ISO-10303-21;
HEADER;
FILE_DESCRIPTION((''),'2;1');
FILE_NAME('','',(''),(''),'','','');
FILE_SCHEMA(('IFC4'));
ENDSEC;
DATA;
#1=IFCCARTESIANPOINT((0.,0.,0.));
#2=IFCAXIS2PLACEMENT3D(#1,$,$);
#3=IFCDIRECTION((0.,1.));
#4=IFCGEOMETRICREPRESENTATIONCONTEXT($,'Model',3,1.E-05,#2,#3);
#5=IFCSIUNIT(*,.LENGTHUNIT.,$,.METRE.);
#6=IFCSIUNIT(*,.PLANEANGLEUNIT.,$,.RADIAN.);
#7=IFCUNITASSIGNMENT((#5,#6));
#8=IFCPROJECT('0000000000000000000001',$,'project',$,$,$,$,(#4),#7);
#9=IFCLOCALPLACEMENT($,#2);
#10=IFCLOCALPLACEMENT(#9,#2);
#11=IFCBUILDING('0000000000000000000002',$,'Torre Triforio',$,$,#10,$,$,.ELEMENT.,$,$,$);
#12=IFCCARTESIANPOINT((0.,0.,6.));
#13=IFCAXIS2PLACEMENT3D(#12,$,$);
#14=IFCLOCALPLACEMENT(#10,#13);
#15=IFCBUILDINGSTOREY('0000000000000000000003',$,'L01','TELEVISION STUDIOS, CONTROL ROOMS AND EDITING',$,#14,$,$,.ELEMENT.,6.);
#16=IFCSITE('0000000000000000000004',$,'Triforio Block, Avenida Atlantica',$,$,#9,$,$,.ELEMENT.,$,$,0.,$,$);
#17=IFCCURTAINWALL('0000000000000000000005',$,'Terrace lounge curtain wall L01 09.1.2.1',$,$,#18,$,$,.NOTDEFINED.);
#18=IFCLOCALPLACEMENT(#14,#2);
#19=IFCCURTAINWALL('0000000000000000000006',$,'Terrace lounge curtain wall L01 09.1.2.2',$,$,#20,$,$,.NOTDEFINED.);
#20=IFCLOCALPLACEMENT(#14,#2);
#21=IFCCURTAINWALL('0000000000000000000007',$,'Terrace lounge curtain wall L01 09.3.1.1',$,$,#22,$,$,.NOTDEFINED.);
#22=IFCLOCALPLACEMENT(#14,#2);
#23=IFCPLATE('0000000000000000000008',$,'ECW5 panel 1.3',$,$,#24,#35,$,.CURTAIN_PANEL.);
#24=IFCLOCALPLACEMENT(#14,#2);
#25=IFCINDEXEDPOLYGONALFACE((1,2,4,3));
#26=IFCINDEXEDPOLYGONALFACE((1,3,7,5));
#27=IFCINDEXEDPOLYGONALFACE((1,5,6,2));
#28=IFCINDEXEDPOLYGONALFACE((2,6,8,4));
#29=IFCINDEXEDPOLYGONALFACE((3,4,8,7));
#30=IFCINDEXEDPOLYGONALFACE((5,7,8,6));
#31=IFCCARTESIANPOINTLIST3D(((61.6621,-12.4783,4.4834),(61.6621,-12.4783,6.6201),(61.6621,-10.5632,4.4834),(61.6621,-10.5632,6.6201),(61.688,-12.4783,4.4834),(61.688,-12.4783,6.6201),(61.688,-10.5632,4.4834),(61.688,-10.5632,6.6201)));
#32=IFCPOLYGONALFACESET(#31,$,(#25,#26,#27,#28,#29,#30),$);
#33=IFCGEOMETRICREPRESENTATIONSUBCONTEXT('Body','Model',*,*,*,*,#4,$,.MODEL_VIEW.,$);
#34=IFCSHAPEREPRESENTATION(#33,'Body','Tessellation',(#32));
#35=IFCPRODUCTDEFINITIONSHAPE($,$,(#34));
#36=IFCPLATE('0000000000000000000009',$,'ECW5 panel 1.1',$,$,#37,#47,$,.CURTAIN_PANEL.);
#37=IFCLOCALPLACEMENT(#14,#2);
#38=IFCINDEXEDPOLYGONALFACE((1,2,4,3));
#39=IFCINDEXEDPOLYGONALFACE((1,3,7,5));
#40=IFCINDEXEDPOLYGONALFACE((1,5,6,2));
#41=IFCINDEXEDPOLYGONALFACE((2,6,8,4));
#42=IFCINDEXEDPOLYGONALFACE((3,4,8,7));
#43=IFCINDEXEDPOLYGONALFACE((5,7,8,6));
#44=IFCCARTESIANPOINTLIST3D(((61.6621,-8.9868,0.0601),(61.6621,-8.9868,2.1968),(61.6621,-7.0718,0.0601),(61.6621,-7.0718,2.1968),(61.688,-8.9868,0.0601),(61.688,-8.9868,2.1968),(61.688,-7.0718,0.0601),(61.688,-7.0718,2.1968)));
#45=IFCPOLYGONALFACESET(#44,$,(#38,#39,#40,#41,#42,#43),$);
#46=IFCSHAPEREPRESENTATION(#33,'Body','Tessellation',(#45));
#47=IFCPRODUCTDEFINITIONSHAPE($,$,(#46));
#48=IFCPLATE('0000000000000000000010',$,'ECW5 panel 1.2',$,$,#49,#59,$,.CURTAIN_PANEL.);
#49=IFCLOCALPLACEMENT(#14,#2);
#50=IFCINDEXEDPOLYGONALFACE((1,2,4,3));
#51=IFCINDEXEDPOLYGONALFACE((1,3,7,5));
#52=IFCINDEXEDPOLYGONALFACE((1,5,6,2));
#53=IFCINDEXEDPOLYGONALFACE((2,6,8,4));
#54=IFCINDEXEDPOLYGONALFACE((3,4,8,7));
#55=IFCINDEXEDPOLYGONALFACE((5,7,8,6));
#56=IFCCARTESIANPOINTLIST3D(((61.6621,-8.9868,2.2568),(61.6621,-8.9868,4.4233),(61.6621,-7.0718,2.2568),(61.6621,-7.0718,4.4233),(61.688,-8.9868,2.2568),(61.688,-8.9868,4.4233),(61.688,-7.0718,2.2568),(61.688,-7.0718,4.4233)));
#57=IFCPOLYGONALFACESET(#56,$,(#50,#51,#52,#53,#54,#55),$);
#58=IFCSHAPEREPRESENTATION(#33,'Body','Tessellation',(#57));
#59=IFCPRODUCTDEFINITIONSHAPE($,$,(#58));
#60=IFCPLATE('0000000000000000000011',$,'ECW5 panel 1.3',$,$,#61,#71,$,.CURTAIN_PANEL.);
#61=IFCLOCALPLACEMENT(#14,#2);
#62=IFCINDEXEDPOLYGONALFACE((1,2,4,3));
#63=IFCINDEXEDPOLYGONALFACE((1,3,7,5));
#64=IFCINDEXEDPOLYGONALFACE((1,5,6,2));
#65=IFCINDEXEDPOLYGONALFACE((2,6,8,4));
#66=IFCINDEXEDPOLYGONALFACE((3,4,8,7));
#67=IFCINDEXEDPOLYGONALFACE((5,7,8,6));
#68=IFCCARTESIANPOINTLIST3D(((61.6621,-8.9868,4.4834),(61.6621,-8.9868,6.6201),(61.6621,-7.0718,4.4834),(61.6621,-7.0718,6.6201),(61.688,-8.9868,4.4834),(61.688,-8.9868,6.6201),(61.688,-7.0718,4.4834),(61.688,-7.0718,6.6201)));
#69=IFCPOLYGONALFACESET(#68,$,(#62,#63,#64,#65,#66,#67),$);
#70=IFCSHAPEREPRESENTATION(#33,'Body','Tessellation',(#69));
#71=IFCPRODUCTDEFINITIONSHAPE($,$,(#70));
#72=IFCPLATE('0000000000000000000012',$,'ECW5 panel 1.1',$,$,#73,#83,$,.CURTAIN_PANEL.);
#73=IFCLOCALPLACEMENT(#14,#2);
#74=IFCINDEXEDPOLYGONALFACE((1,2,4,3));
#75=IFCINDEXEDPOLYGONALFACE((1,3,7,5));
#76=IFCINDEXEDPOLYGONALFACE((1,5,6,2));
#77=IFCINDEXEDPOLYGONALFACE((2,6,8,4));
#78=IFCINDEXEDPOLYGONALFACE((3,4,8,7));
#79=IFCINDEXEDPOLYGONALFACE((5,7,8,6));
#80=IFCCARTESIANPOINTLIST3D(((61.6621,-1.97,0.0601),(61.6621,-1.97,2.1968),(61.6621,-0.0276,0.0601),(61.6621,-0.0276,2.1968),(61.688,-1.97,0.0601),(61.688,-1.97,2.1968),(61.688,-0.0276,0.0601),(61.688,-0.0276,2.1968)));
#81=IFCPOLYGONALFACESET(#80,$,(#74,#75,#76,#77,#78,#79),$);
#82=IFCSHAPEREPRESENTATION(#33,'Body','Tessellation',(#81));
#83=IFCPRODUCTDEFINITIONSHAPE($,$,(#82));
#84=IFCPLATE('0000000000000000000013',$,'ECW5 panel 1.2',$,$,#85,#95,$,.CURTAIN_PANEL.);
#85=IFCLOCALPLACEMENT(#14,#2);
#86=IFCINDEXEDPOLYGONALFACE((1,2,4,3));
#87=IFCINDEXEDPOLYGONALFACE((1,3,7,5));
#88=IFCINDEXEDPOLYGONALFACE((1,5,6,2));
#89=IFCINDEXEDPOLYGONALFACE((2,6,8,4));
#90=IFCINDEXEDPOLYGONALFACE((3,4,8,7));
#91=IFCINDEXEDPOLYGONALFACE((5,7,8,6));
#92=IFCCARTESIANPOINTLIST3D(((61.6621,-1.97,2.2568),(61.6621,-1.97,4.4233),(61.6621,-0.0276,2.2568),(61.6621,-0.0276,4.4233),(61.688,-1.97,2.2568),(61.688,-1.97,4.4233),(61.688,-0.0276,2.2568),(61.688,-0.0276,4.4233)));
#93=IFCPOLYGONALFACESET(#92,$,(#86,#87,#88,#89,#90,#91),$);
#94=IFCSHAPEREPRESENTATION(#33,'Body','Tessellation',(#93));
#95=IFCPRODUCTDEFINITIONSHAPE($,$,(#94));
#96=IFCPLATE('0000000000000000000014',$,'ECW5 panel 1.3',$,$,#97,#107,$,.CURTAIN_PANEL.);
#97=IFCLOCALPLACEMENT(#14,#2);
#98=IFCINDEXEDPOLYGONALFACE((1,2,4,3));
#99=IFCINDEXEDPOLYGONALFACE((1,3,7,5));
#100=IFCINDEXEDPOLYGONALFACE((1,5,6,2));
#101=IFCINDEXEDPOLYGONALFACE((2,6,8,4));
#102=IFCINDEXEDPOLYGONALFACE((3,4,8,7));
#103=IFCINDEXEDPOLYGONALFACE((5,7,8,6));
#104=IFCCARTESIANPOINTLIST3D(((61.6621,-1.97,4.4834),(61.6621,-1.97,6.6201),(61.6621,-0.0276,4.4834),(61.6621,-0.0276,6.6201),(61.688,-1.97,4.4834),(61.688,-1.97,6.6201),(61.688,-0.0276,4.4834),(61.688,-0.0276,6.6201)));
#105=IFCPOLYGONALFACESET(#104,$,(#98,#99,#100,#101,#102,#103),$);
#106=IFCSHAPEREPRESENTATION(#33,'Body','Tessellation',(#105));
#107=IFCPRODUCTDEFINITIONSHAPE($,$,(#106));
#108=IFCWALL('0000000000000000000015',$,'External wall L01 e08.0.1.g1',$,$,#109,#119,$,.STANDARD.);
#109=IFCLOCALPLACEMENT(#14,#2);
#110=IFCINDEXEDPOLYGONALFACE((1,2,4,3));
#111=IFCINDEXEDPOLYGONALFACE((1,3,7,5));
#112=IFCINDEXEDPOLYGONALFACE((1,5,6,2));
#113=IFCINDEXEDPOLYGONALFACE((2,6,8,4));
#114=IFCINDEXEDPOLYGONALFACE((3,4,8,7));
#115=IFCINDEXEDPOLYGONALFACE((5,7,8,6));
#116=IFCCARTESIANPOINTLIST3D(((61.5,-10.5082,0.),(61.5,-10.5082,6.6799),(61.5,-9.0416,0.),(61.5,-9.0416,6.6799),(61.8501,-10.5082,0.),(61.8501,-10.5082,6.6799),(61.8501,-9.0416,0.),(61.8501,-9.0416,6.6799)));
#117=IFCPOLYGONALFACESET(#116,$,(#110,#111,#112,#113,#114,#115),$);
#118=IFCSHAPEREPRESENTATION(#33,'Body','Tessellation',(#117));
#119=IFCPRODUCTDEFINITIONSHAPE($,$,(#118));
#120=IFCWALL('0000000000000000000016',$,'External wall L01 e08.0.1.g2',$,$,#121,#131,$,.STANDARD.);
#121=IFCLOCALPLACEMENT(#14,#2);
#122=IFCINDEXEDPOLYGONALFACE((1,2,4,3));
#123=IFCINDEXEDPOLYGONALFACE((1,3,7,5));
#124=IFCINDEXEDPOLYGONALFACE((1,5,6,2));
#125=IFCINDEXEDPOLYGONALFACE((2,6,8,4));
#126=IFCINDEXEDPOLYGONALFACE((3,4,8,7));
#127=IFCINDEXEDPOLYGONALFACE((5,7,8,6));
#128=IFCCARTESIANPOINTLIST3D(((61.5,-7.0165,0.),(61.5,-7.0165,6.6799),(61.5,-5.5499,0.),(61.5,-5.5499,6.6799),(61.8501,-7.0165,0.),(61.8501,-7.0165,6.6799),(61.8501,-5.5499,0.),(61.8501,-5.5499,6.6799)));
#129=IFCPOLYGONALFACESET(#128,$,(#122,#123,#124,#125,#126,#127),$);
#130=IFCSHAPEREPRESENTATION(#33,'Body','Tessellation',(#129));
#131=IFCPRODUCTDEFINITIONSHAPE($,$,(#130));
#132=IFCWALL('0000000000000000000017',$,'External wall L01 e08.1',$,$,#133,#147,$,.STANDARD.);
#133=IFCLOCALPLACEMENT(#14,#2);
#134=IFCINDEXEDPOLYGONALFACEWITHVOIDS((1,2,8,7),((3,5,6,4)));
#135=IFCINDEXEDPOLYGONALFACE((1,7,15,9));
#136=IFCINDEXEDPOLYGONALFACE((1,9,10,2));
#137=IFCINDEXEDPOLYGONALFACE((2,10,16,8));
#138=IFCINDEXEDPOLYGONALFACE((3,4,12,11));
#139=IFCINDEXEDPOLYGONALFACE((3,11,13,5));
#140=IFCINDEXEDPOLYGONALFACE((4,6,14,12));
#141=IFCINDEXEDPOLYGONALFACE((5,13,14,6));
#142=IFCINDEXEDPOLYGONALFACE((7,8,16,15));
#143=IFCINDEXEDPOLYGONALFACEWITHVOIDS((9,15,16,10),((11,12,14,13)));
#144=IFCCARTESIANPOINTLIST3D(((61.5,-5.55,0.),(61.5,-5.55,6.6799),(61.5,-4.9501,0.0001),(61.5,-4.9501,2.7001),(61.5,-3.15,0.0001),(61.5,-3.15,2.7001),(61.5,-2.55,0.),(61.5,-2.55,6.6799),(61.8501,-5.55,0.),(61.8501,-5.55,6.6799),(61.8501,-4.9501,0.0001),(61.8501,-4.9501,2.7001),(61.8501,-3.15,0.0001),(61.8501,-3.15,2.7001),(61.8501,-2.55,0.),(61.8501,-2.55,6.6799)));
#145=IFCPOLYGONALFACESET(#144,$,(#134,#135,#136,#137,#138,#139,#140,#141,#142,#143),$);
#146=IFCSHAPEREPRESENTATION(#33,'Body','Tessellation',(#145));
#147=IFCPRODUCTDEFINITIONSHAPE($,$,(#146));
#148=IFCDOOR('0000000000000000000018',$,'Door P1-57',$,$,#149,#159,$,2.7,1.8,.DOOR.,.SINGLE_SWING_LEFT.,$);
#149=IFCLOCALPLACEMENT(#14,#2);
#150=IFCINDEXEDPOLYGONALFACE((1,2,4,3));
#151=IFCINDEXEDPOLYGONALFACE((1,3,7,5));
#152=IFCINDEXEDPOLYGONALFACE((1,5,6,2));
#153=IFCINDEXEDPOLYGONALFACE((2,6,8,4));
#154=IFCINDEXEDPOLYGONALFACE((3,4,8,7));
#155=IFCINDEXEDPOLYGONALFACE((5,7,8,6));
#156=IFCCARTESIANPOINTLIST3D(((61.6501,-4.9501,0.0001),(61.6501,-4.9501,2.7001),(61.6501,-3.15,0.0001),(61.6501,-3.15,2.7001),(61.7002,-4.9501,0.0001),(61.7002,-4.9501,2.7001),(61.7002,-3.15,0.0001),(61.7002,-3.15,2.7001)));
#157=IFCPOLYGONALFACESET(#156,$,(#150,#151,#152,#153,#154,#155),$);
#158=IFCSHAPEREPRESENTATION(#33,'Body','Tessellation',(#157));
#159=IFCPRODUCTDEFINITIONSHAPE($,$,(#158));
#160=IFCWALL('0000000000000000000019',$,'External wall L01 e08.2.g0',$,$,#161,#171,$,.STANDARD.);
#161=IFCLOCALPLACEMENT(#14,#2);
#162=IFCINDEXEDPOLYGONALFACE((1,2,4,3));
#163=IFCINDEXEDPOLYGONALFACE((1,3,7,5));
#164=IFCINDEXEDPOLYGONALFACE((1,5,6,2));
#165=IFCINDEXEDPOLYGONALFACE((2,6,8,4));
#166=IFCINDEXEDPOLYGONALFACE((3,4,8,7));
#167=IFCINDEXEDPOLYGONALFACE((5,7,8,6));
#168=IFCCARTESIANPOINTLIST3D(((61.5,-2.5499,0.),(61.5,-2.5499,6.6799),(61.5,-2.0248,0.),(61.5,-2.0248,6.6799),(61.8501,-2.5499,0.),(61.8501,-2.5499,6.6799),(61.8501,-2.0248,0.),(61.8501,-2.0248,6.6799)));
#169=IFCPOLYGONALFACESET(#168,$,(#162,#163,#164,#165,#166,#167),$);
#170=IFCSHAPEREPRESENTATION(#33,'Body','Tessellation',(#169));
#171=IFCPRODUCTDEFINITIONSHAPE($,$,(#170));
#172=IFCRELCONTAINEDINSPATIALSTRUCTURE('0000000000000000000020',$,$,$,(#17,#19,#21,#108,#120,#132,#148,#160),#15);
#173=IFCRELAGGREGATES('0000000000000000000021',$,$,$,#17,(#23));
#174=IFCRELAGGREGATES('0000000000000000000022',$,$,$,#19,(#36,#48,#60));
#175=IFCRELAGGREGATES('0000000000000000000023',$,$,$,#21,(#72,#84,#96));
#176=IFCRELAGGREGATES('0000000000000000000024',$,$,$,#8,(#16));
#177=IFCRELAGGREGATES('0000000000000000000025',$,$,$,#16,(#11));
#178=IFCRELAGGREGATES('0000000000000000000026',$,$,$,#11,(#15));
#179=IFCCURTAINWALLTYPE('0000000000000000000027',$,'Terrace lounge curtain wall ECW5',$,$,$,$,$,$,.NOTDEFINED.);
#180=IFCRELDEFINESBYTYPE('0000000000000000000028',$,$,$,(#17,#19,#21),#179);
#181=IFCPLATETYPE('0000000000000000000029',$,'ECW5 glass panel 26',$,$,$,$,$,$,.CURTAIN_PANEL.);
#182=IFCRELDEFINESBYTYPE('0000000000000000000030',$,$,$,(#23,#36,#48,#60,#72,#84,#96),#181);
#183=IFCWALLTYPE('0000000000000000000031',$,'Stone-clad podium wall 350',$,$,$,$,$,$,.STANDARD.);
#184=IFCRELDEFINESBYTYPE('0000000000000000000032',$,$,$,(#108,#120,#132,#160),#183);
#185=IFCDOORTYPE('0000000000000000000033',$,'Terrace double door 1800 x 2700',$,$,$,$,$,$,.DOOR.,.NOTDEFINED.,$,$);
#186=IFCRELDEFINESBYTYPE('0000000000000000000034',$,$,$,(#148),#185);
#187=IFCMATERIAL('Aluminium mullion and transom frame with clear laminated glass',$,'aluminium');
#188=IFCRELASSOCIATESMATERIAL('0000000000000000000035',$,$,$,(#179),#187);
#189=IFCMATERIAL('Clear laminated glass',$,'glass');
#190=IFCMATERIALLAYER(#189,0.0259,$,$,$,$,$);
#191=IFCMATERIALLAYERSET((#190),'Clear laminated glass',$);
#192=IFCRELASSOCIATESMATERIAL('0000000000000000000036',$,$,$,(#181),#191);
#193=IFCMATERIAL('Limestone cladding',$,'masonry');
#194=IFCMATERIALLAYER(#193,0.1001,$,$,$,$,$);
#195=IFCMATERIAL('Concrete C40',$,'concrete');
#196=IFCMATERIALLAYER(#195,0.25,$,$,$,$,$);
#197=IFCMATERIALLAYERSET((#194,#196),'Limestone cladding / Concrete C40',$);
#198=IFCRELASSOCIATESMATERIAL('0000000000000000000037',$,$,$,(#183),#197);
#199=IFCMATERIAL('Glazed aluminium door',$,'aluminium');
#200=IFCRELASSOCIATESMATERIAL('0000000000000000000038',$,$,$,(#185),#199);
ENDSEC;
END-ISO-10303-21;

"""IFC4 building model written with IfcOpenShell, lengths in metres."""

from ifc_helpers import new_model, si_unit, direction, frame, frame_2d, origin, origin_2d, place, context, subcontext, project, spatial, rectangle, extrude, material, layer, layer_set, type_object, element, fill, aggregate, save


model = new_model("IFC4")

# Units and contexts
model_context = context("Model", 3, precision=1e-05, world=origin(), true_north=direction((0.0, 1.0)))
body_context = subcontext(model_context, "Body", "Model", "MODEL_VIEW")
ifc_project = project(units=[si_unit("LENGTHUNIT", "METRE"), si_unit("PLANEANGLEUNIT", "RADIAN")], contexts=[model_context])

# Site, building, storey
site_placement = place(None, origin())
site = spatial("IfcSite", under=ifc_project, at=site_placement, Name="Triforio Block, Avenida Atlantica", CompositionType="ELEMENT", RefElevation=0.0)
building_placement = place(site_placement, origin())
building = spatial("IfcBuilding", under=site, at=building_placement, Name="Torre Triforio", CompositionType="ELEMENT")
storey_placement = place(building_placement, frame((0.0, 0.0, 6.0)))
storey = spatial("IfcBuildingStorey", under=building, at=storey_placement, Name="L01", Description="TELEVISION STUDIOS, CONTROL ROOMS AND EDITING", CompositionType="ELEMENT", Elevation=6.0)

# Curtain wall
ifc_material_1 = material(Name="Aluminium mullion and transom frame with clear laminated glass", Category="aluminium")
curtain_wall_type = type_object("IfcCurtainWallType", Name="Terrace lounge curtain wall ECW5", PredefinedType="NOTDEFINED", material=ifc_material_1)
curtain_wall_1_placement = place(storey_placement, origin())
curtain_wall_1 = element("IfcCurtainWall", 1, at=curtain_wall_1_placement, inside=storey, type_object=curtain_wall_type, Name="Terrace lounge curtain wall L01 09.1.2.1", PredefinedType="NOTDEFINED")

# Curtain wall
curtain_wall_2_placement = place(storey_placement, origin())
curtain_wall_2 = element("IfcCurtainWall", 2, at=curtain_wall_2_placement, inside=storey, type_object=curtain_wall_type, Name="Terrace lounge curtain wall L01 09.1.2.2", PredefinedType="NOTDEFINED")

# Curtain wall
curtain_wall_3_placement = place(storey_placement, origin())
curtain_wall_3 = element("IfcCurtainWall", 3, at=curtain_wall_3_placement, inside=storey, type_object=curtain_wall_type, Name="Terrace lounge curtain wall L01 09.3.1.1", PredefinedType="NOTDEFINED")

# Plates
ifc_material_2 = material(Name="Clear laminated glass", Category="glass")
ifc_layer_1 = layer(ifc_material_2, 0.0259)
ifc_layer_set_1 = layer_set([ifc_layer_1], Name="Clear laminated glass")
plate_type = type_object("IfcPlateType", Name="ECW5 glass panel 26", PredefinedType="CURTAIN_PANEL", material=ifc_layer_set_1)
plate_1_placement = place(storey_placement, frame((61.675, -11.5208, 4.4834), z_axis=(0.0, 0.0, 1.0), x_axis=(0.0, 1.0, 0.0)))
plate_1 = element("IfcPlate", 4, at=plate_1_placement, type_object=plate_type, Name="ECW5 panel 1.3", PredefinedType="CURTAIN_PANEL", context=body_context, shape_type="SweptSolid", body=[
    extrude(rectangle(XDim=1.915, YDim=0.0259, at=origin_2d()), origin(), (0.0, 0.0, 1.0), 2.1367),
])
aggregate(curtain_wall_1, [plate_1])
plate_2_placement = place(storey_placement, frame((61.675, -8.0293, 0.0601), z_axis=(0.0, 0.0, 1.0), x_axis=(0.0, 1.0, 0.0)))
plate_2 = element("IfcPlate", 5, at=plate_2_placement, type_object=plate_type, Name="ECW5 panel 1.1", PredefinedType="CURTAIN_PANEL", context=body_context, shape_type="SweptSolid", body=[
    extrude(rectangle(XDim=1.915, YDim=0.0259, at=origin_2d()), origin(), (0.0, 0.0, 1.0), 2.1367),
])
plate_3_placement = place(storey_placement, frame((61.675, -8.0293, 2.2568), z_axis=(0.0, 0.0, 1.0), x_axis=(0.0, 1.0, 0.0)))
plate_3 = element("IfcPlate", 6, at=plate_3_placement, type_object=plate_type, Name="ECW5 panel 1.2", PredefinedType="CURTAIN_PANEL", context=body_context, shape_type="SweptSolid", body=[
    extrude(rectangle(XDim=1.915, YDim=0.0259, at=origin_2d()), origin(), (0.0, 0.0, 1.0), 2.1665),
])
plate_4_placement = place(storey_placement, frame((61.675, -8.0293, 4.4834), z_axis=(0.0, 0.0, 1.0), x_axis=(0.0, 1.0, 0.0)))
plate_4 = element("IfcPlate", 7, at=plate_4_placement, type_object=plate_type, Name="ECW5 panel 1.3", PredefinedType="CURTAIN_PANEL", context=body_context, shape_type="SweptSolid", body=[
    extrude(rectangle(XDim=1.915, YDim=0.0259, at=origin_2d()), origin(), (0.0, 0.0, 1.0), 2.1367),
])
aggregate(curtain_wall_2, [plate_2, plate_3, plate_4])
plate_5_placement = place(storey_placement, frame((61.675, -0.9988, 0.0601), z_axis=(0.0, 0.0, 1.0), x_axis=(0.0, 1.0, 0.0)))
plate_5 = element("IfcPlate", 8, at=plate_5_placement, type_object=plate_type, Name="ECW5 panel 1.1", PredefinedType="CURTAIN_PANEL", context=body_context, shape_type="SweptSolid", body=[
    extrude(rectangle(XDim=1.9424, YDim=0.0259, at=origin_2d()), origin(), (0.0, 0.0, 1.0), 2.1367),
])
plate_6_placement = place(storey_placement, frame((61.675, -0.9988, 2.2568), z_axis=(0.0, 0.0, 1.0), x_axis=(0.0, 1.0, 0.0)))
plate_6 = element("IfcPlate", 9, at=plate_6_placement, type_object=plate_type, Name="ECW5 panel 1.2", PredefinedType="CURTAIN_PANEL", context=body_context, shape_type="SweptSolid", body=[
    extrude(rectangle(XDim=1.9424, YDim=0.0259, at=origin_2d()), origin(), (0.0, 0.0, 1.0), 2.1665),
])
plate_7_placement = place(storey_placement, frame((61.675, -0.9988, 4.4834), z_axis=(0.0, 0.0, 1.0), x_axis=(0.0, 1.0, 0.0)))
plate_7 = element("IfcPlate", 10, at=plate_7_placement, type_object=plate_type, Name="ECW5 panel 1.3", PredefinedType="CURTAIN_PANEL", context=body_context, shape_type="SweptSolid", body=[
    extrude(rectangle(XDim=1.9424, YDim=0.0259, at=origin_2d()), origin(), (0.0, 0.0, 1.0), 2.1367),
])
aggregate(curtain_wall_3, [plate_5, plate_6, plate_7])

# Walls
ifc_material_3 = material(Name="Limestone cladding", Category="masonry")
ifc_layer_2 = layer(ifc_material_3, 0.1001)
ifc_material_4 = material(Name="Concrete C40", Category="concrete")
ifc_layer_3 = layer(ifc_material_4, 0.25)
ifc_layer_set_2 = layer_set([ifc_layer_2, ifc_layer_3], Name="Limestone cladding / Concrete C40")
wall_type = type_object("IfcWallType", Name="Stone-clad podium wall 350", PredefinedType="STANDARD", material=ifc_layer_set_2)
for number, where, z_axis, x_axis, name in (
    (11, (61.675, -10.5083, 0.0), (0.0, 0.0, 1.0), (0.0, 1.0, 0.0), "External wall L01 e08.0.1.g1"),
    (12, (61.675, -7.0166, 0.0), (0.0, 0.0, 1.0), (0.0, 1.0, 0.0), "External wall L01 e08.0.1.g2"),
):
    element("IfcWall", number, at=place(storey_placement, frame(where, z_axis=z_axis, x_axis=x_axis)), inside=storey, type_object=wall_type, Name=name, PredefinedType="STANDARD", context=body_context, shape_type="SweptSolid", body=[
        extrude(rectangle(XDim=1.4666, YDim=0.3501, at=frame_2d((0.7334, 0.0))), origin(), (0.0, 0.0, 1.0), 6.6799),
    ])

# Wall, opening, door
wall_1_placement = place(storey_placement, frame((61.675, -5.55, 0.0), z_axis=(0.0, 0.0, 1.0), x_axis=(0.0, 1.0, 0.0)))
wall_1 = element("IfcWall", 13, at=wall_1_placement, inside=storey, type_object=wall_type, Name="External wall L01 e08.1", PredefinedType="STANDARD", context=body_context, shape_type="SweptSolid", body=[
    extrude(rectangle(XDim=3.0, YDim=0.3501, at=frame_2d((1.5, 0.0))), origin(), (0.0, 0.0, 1.0), 6.6799),
])
opening_placement = place(wall_1_placement, frame((0.6001, 0.0, 0.0)))
opening = element("IfcOpeningElement", 14, at=opening_placement, cuts=wall_1, PredefinedType="OPENING", context=body_context, shape_type="SweptSolid", body=[
    extrude(rectangle(XDim=1.8, YDim=2.7, at=frame_2d((0.8999, 1.3501))), frame((0.0, 0.1851, 0.0), z_axis=(0.0, -1.0, 0.0), x_axis=(1.0, 0.0, 0.0)), (0.0, 0.0, 1.0), 0.3701),
])
ifc_material_5 = material(Name="Glazed aluminium door", Category="aluminium")
door_type = type_object("IfcDoorType", Name="Terrace double door 1800 x 2700", OperationType="NOTDEFINED", PredefinedType="DOOR", material=ifc_material_5)
door_placement = place(opening_placement, origin())
door = element("IfcDoor", 15, at=door_placement, inside=storey, type_object=door_type, Name="Door P1-57", OperationType="SINGLE_SWING_LEFT", OverallHeight=2.7, OverallWidth=1.8, PredefinedType="DOOR", context=body_context, shape_type="SweptSolid", body=[
    extrude(rectangle(XDim=1.8, YDim=2.7, at=frame_2d((0.8999, 1.3501))), frame((0.0, 0.0249, 0.0), z_axis=(0.0, -1.0, 0.0), x_axis=(1.0, 0.0, 0.0)), (0.0, 0.0, 1.0), 0.05),
])
fill(opening, door)

# Wall
wall_2_placement = place(storey_placement, frame((61.675, -2.55, 0.0), z_axis=(0.0, 0.0, 1.0), x_axis=(0.0, 1.0, 0.0)))
element("IfcWall", 16, at=wall_2_placement, inside=storey, type_object=wall_type, Name="External wall L01 e08.2.g0", PredefinedType="STANDARD", context=body_context, shape_type="SweptSolid", body=[
    extrude(rectangle(XDim=0.5251, YDim=0.3501, at=frame_2d((0.2627, 0.0))), origin(), (0.0, 0.0, 1.0), 6.6799),
])

save(model, "model.ifc")
